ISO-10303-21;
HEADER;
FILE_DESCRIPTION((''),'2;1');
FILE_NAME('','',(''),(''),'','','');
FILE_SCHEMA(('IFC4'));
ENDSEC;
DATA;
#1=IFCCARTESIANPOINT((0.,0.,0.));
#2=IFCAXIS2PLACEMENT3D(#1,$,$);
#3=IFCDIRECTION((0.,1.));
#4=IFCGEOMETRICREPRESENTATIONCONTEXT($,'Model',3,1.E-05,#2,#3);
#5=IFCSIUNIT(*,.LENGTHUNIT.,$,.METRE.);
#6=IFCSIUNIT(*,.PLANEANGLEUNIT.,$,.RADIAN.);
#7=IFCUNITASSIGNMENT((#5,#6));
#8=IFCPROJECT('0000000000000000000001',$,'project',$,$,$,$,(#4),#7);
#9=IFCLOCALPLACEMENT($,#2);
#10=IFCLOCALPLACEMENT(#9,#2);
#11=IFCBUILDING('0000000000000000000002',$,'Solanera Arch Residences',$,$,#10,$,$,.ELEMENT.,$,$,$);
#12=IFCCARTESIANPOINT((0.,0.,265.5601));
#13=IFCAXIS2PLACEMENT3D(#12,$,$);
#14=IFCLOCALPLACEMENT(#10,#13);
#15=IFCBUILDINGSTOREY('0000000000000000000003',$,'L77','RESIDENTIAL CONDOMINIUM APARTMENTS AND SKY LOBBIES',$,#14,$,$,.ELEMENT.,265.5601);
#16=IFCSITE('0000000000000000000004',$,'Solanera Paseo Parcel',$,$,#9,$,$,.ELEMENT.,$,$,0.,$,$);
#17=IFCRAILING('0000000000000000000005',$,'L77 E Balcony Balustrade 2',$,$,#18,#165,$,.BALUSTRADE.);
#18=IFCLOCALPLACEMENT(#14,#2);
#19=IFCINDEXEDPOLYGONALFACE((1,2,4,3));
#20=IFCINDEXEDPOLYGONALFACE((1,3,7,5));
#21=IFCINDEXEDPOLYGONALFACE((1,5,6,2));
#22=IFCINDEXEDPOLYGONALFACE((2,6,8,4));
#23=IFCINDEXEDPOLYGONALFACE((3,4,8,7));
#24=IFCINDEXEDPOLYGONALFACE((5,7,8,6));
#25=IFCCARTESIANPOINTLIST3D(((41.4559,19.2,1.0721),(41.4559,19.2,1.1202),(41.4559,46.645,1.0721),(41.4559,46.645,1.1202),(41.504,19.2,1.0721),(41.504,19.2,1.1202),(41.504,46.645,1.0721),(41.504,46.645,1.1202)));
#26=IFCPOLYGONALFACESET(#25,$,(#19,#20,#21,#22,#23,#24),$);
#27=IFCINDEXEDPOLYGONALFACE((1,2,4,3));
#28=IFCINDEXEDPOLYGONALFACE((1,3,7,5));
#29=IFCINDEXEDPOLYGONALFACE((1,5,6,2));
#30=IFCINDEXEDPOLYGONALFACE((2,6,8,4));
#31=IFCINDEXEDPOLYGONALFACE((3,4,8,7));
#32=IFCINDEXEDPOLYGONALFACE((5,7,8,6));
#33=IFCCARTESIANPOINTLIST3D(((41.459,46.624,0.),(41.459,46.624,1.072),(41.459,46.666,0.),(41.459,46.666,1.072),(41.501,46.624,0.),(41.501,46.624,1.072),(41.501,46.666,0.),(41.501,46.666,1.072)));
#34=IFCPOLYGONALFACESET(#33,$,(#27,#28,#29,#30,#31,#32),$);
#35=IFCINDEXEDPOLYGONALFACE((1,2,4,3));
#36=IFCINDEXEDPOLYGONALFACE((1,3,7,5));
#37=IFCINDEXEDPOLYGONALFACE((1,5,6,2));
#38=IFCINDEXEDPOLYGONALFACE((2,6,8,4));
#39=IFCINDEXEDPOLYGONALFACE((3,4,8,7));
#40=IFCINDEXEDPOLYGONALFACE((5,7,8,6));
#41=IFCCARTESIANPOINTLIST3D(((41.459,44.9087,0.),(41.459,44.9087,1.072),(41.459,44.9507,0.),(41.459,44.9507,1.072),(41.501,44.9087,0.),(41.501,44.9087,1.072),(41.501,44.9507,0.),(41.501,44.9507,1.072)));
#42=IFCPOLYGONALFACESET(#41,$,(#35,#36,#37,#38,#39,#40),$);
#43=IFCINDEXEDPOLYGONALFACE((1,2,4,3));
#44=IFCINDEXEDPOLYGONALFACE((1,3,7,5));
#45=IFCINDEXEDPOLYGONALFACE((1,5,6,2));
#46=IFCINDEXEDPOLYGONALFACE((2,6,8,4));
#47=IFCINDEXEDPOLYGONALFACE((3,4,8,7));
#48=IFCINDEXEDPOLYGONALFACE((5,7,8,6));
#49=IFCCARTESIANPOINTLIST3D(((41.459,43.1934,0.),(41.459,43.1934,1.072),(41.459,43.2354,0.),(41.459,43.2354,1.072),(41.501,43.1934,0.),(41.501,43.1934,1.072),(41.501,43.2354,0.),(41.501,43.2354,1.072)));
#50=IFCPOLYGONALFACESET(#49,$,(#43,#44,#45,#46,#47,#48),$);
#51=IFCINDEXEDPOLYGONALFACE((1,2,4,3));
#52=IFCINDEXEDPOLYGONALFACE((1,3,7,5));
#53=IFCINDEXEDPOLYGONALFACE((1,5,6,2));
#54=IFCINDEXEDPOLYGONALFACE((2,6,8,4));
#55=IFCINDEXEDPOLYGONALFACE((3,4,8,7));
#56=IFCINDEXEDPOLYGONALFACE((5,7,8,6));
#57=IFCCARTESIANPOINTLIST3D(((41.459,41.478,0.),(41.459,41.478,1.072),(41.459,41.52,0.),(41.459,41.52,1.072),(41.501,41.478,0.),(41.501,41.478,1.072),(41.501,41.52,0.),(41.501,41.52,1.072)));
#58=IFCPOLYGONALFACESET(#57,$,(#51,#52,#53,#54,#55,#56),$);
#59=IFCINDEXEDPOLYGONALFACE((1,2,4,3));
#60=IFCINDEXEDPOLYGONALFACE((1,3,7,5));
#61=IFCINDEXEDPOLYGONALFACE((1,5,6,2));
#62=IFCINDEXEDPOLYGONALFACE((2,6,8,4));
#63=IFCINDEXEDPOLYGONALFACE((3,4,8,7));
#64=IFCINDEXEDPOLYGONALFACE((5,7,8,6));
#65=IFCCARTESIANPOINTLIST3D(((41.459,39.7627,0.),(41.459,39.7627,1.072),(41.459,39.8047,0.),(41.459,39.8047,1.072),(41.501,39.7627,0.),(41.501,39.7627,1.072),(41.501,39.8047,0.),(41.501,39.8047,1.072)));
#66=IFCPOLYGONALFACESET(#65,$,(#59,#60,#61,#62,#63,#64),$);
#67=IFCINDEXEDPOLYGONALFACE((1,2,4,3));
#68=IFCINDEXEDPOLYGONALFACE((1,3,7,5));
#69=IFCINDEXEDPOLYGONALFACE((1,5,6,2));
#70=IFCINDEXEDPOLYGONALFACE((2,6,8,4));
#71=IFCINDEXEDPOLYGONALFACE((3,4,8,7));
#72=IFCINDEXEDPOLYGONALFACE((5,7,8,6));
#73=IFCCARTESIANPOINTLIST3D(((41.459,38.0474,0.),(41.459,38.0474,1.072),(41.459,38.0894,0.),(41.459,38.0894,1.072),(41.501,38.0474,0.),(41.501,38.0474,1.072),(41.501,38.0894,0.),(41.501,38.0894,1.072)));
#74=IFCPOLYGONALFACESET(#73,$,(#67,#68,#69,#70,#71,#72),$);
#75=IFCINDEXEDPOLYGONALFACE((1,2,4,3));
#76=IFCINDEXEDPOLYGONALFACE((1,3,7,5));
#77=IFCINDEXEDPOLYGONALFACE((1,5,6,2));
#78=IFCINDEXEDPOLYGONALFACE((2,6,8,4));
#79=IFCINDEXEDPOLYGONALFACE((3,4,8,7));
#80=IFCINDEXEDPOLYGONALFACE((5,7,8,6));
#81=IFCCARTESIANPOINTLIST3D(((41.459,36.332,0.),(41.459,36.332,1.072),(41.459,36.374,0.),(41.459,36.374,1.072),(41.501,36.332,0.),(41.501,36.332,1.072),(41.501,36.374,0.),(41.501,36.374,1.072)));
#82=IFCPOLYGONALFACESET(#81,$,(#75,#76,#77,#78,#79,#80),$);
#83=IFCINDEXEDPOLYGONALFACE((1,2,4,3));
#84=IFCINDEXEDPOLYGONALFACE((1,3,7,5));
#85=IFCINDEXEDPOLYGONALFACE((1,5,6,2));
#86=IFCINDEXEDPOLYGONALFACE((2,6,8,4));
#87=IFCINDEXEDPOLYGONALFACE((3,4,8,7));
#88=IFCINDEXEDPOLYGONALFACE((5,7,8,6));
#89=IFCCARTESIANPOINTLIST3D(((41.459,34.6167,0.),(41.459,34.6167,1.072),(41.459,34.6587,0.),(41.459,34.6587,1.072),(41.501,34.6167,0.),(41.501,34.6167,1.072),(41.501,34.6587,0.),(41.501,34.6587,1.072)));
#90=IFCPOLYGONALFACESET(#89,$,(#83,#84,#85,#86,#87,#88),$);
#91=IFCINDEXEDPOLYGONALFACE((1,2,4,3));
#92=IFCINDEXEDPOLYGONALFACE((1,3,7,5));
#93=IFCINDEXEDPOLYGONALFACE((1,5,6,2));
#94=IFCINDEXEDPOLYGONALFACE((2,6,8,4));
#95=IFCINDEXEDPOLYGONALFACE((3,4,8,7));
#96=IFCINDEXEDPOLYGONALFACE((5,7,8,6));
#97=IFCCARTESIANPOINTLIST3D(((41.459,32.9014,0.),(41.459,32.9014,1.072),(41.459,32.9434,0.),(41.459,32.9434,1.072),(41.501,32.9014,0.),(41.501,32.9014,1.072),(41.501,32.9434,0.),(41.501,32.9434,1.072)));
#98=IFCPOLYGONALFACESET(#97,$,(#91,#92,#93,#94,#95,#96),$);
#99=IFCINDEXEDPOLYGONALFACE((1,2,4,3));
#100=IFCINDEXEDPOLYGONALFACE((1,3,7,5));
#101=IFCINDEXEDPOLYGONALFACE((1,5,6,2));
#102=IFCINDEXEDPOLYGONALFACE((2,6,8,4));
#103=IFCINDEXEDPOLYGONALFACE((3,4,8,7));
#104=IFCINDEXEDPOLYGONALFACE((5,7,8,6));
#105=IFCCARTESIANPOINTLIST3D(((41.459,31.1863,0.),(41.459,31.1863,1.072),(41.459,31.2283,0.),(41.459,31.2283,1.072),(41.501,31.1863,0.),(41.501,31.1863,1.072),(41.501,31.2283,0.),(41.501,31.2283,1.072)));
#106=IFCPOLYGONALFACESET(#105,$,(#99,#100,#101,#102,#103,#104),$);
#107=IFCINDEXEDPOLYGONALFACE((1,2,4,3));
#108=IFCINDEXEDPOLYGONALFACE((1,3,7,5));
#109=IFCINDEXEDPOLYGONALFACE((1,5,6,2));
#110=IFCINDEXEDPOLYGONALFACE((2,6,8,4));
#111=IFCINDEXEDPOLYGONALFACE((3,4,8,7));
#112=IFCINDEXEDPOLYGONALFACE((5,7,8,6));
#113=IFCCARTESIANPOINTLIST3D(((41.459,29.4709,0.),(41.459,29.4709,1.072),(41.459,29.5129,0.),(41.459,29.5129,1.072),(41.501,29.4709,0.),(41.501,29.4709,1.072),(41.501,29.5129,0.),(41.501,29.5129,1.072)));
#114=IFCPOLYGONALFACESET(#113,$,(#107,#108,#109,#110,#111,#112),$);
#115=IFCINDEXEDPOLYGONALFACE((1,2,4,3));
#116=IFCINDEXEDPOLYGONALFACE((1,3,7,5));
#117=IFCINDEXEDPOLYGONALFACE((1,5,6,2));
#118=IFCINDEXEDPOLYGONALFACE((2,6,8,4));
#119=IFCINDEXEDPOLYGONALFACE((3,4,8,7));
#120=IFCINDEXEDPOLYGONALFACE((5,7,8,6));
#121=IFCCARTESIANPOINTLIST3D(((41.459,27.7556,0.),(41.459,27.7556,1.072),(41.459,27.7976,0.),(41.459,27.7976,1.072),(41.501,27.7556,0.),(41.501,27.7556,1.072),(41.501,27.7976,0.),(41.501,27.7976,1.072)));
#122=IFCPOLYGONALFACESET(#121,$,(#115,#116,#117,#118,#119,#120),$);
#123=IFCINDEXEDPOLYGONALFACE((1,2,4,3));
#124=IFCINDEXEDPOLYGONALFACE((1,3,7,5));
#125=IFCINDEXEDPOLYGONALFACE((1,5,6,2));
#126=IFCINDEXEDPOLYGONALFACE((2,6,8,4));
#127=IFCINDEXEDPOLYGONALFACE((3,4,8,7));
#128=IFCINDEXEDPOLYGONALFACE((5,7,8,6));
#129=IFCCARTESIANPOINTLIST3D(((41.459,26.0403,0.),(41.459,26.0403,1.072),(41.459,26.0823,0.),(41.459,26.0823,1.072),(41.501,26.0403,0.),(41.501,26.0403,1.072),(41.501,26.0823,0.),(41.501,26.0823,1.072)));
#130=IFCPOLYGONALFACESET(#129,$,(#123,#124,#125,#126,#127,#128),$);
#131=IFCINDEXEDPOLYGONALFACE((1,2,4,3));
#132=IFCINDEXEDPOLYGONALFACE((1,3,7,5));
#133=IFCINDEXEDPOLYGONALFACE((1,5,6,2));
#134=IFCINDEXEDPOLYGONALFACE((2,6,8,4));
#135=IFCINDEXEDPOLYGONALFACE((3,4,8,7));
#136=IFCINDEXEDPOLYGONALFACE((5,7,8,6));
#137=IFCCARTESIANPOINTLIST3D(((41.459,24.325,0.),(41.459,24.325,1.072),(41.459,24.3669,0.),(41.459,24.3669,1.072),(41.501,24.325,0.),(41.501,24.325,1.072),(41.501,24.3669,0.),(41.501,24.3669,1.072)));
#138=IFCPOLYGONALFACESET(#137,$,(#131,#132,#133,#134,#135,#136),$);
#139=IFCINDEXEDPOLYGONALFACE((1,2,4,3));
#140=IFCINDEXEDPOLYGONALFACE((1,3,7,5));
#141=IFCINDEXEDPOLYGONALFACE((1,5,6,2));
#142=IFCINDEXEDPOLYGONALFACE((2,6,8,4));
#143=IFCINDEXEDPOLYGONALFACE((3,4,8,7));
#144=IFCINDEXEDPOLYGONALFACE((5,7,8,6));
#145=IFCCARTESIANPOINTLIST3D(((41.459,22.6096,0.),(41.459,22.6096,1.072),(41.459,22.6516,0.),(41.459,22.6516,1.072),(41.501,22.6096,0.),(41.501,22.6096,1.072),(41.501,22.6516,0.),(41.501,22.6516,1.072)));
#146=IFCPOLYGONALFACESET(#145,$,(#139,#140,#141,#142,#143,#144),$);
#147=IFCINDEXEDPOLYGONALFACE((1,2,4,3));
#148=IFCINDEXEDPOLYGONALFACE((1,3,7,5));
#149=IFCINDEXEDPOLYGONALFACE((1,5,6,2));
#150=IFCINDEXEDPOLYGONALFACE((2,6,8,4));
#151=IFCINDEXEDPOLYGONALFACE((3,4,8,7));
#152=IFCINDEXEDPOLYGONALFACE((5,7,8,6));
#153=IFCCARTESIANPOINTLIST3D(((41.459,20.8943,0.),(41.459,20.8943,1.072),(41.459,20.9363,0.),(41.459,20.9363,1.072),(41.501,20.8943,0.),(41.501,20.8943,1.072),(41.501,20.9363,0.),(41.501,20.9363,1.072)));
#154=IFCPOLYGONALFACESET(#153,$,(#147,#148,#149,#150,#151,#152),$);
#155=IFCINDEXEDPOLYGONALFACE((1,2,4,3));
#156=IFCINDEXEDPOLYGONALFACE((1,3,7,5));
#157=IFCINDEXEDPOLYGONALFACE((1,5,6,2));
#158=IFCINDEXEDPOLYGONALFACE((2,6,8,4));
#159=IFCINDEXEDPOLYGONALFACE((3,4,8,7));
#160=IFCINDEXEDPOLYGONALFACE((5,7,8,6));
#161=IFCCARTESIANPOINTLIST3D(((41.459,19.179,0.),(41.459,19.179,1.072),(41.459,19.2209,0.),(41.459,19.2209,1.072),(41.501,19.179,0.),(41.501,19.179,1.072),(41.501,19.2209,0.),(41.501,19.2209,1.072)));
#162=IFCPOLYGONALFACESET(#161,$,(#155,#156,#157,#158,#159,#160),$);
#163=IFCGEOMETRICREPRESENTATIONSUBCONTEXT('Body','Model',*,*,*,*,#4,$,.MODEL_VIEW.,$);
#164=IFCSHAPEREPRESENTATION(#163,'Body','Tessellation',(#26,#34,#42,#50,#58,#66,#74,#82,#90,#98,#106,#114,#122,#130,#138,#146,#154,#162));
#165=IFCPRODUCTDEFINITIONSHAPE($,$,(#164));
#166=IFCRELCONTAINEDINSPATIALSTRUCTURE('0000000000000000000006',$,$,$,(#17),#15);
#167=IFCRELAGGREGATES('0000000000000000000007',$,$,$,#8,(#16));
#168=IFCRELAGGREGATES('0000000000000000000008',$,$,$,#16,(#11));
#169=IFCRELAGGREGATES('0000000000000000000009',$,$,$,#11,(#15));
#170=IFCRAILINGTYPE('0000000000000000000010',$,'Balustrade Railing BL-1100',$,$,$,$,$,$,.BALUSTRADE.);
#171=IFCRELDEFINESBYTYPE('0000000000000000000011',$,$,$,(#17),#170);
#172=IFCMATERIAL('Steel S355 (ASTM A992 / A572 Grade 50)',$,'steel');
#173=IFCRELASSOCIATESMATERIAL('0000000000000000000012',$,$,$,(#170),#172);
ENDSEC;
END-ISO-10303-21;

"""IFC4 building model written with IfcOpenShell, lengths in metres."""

from ifc_helpers import new_model, si_unit, direction, frame, origin, origin_2d, place, context, subcontext, project, spatial, rectangle, extrude, material, type_object, element, save


model = new_model("IFC4")

# Units and contexts
model_context = context("Model", 3, precision=1e-05, world=origin(), true_north=direction((0.0, 1.0)))
body_context = subcontext(model_context, "Body", "Model", "MODEL_VIEW")
ifc_project = project(units=[si_unit("LENGTHUNIT", "METRE"), si_unit("PLANEANGLEUNIT", "RADIAN")], contexts=[model_context])

# Site, building, storey
site_placement = place(None, origin())
site = spatial("IfcSite", under=ifc_project, at=site_placement, Name="Solanera Paseo Parcel", CompositionType="ELEMENT", RefElevation=0.0)
building_placement = place(site_placement, origin())
building = spatial("IfcBuilding", under=site, at=building_placement, Name="Solanera Arch Residences", CompositionType="ELEMENT")
storey_placement = place(building_placement, frame((0.0, 0.0, 265.5601)))
storey = spatial("IfcBuildingStorey", under=building, at=storey_placement, Name="L77", Description="RESIDENTIAL CONDOMINIUM APARTMENTS AND SKY LOBBIES", CompositionType="ELEMENT", Elevation=265.5601)

# Railing
ifc_material_1 = material(Name="Steel S355 (ASTM A992 / A572 Grade 50)", Category="steel")
railing_type = type_object("IfcRailingType", Name="Balustrade Railing BL-1100", PredefinedType="BALUSTRADE", material=ifc_material_1)
railing_1_placement = place(storey_placement, frame((41.48, 46.645, 0.0)))
element("IfcRailing", 1, at=railing_1_placement, inside=storey, type_object=railing_type, Name="L77 E Balcony Balustrade 2", PredefinedType="BALUSTRADE", context=body_context, shape_type="SweptSolid", body=[
    extrude(rectangle(XDim=0.0481, YDim=0.0481, at=origin_2d()), frame((0.0, 0.0, 1.0962), z_axis=(0.0, -1.0, 0.0), x_axis=(1.0, 0.0, 0.0)), (0.0, 0.0, 1.0), 27.4451),
    extrude(rectangle(XDim=0.042, YDim=0.042, at=origin_2d()), origin(), (0.0, 0.0, 1.0), 1.072),
    extrude(rectangle(XDim=0.042, YDim=0.042, at=origin_2d()), frame((0.0, -1.7153, 0.0)), (0.0, 0.0, 1.0), 1.072),
    extrude(rectangle(XDim=0.042, YDim=0.042, at=origin_2d()), frame((0.0, -3.4307, 0.0)), (0.0, 0.0, 1.0), 1.072),
    extrude(rectangle(XDim=0.042, YDim=0.042, at=origin_2d()), frame((0.0, -5.146, 0.0)), (0.0, 0.0, 1.0), 1.072),
    extrude(rectangle(XDim=0.042, YDim=0.042, at=origin_2d()), frame((0.0, -6.8613, 0.0)), (0.0, 0.0, 1.0), 1.072),
    extrude(rectangle(XDim=0.042, YDim=0.042, at=origin_2d()), frame((0.0, -8.5767, 0.0)), (0.0, 0.0, 1.0), 1.072),
    extrude(rectangle(XDim=0.042, YDim=0.042, at=origin_2d()), frame((0.0, -10.292, 0.0)), (0.0, 0.0, 1.0), 1.072),
    extrude(rectangle(XDim=0.042, YDim=0.042, at=origin_2d()), frame((0.0, -12.0073, 0.0)), (0.0, 0.0, 1.0), 1.072),
    extrude(rectangle(XDim=0.042, YDim=0.042, at=origin_2d()), frame((0.0, -13.7227, 0.0)), (0.0, 0.0, 1.0), 1.072),
    extrude(rectangle(XDim=0.042, YDim=0.042, at=origin_2d()), frame((0.0, -15.4377, 0.0)), (0.0, 0.0, 1.0), 1.072),
    extrude(rectangle(XDim=0.042, YDim=0.042, at=origin_2d()), frame((0.0, -17.1531, 0.0)), (0.0, 0.0, 1.0), 1.072),
    extrude(rectangle(XDim=0.042, YDim=0.042, at=origin_2d()), frame((0.0, -18.8684, 0.0)), (0.0, 0.0, 1.0), 1.072),
    extrude(rectangle(XDim=0.042, YDim=0.042, at=origin_2d()), frame((0.0, -20.5837, 0.0)), (0.0, 0.0, 1.0), 1.072),
    extrude(rectangle(XDim=0.042, YDim=0.042, at=origin_2d()), frame((0.0, -22.2991, 0.0)), (0.0, 0.0, 1.0), 1.072),
    extrude(rectangle(XDim=0.042, YDim=0.042, at=origin_2d()), frame((0.0, -24.0144, 0.0)), (0.0, 0.0, 1.0), 1.072),
    extrude(rectangle(XDim=0.042, YDim=0.042, at=origin_2d()), frame((0.0, -25.7297, 0.0)), (0.0, 0.0, 1.0), 1.072),
    extrude(rectangle(XDim=0.042, YDim=0.042, at=origin_2d()), frame((0.0, -27.4451, 0.0)), (0.0, 0.0, 1.0), 1.072),
])

save(model, "model.ifc")
